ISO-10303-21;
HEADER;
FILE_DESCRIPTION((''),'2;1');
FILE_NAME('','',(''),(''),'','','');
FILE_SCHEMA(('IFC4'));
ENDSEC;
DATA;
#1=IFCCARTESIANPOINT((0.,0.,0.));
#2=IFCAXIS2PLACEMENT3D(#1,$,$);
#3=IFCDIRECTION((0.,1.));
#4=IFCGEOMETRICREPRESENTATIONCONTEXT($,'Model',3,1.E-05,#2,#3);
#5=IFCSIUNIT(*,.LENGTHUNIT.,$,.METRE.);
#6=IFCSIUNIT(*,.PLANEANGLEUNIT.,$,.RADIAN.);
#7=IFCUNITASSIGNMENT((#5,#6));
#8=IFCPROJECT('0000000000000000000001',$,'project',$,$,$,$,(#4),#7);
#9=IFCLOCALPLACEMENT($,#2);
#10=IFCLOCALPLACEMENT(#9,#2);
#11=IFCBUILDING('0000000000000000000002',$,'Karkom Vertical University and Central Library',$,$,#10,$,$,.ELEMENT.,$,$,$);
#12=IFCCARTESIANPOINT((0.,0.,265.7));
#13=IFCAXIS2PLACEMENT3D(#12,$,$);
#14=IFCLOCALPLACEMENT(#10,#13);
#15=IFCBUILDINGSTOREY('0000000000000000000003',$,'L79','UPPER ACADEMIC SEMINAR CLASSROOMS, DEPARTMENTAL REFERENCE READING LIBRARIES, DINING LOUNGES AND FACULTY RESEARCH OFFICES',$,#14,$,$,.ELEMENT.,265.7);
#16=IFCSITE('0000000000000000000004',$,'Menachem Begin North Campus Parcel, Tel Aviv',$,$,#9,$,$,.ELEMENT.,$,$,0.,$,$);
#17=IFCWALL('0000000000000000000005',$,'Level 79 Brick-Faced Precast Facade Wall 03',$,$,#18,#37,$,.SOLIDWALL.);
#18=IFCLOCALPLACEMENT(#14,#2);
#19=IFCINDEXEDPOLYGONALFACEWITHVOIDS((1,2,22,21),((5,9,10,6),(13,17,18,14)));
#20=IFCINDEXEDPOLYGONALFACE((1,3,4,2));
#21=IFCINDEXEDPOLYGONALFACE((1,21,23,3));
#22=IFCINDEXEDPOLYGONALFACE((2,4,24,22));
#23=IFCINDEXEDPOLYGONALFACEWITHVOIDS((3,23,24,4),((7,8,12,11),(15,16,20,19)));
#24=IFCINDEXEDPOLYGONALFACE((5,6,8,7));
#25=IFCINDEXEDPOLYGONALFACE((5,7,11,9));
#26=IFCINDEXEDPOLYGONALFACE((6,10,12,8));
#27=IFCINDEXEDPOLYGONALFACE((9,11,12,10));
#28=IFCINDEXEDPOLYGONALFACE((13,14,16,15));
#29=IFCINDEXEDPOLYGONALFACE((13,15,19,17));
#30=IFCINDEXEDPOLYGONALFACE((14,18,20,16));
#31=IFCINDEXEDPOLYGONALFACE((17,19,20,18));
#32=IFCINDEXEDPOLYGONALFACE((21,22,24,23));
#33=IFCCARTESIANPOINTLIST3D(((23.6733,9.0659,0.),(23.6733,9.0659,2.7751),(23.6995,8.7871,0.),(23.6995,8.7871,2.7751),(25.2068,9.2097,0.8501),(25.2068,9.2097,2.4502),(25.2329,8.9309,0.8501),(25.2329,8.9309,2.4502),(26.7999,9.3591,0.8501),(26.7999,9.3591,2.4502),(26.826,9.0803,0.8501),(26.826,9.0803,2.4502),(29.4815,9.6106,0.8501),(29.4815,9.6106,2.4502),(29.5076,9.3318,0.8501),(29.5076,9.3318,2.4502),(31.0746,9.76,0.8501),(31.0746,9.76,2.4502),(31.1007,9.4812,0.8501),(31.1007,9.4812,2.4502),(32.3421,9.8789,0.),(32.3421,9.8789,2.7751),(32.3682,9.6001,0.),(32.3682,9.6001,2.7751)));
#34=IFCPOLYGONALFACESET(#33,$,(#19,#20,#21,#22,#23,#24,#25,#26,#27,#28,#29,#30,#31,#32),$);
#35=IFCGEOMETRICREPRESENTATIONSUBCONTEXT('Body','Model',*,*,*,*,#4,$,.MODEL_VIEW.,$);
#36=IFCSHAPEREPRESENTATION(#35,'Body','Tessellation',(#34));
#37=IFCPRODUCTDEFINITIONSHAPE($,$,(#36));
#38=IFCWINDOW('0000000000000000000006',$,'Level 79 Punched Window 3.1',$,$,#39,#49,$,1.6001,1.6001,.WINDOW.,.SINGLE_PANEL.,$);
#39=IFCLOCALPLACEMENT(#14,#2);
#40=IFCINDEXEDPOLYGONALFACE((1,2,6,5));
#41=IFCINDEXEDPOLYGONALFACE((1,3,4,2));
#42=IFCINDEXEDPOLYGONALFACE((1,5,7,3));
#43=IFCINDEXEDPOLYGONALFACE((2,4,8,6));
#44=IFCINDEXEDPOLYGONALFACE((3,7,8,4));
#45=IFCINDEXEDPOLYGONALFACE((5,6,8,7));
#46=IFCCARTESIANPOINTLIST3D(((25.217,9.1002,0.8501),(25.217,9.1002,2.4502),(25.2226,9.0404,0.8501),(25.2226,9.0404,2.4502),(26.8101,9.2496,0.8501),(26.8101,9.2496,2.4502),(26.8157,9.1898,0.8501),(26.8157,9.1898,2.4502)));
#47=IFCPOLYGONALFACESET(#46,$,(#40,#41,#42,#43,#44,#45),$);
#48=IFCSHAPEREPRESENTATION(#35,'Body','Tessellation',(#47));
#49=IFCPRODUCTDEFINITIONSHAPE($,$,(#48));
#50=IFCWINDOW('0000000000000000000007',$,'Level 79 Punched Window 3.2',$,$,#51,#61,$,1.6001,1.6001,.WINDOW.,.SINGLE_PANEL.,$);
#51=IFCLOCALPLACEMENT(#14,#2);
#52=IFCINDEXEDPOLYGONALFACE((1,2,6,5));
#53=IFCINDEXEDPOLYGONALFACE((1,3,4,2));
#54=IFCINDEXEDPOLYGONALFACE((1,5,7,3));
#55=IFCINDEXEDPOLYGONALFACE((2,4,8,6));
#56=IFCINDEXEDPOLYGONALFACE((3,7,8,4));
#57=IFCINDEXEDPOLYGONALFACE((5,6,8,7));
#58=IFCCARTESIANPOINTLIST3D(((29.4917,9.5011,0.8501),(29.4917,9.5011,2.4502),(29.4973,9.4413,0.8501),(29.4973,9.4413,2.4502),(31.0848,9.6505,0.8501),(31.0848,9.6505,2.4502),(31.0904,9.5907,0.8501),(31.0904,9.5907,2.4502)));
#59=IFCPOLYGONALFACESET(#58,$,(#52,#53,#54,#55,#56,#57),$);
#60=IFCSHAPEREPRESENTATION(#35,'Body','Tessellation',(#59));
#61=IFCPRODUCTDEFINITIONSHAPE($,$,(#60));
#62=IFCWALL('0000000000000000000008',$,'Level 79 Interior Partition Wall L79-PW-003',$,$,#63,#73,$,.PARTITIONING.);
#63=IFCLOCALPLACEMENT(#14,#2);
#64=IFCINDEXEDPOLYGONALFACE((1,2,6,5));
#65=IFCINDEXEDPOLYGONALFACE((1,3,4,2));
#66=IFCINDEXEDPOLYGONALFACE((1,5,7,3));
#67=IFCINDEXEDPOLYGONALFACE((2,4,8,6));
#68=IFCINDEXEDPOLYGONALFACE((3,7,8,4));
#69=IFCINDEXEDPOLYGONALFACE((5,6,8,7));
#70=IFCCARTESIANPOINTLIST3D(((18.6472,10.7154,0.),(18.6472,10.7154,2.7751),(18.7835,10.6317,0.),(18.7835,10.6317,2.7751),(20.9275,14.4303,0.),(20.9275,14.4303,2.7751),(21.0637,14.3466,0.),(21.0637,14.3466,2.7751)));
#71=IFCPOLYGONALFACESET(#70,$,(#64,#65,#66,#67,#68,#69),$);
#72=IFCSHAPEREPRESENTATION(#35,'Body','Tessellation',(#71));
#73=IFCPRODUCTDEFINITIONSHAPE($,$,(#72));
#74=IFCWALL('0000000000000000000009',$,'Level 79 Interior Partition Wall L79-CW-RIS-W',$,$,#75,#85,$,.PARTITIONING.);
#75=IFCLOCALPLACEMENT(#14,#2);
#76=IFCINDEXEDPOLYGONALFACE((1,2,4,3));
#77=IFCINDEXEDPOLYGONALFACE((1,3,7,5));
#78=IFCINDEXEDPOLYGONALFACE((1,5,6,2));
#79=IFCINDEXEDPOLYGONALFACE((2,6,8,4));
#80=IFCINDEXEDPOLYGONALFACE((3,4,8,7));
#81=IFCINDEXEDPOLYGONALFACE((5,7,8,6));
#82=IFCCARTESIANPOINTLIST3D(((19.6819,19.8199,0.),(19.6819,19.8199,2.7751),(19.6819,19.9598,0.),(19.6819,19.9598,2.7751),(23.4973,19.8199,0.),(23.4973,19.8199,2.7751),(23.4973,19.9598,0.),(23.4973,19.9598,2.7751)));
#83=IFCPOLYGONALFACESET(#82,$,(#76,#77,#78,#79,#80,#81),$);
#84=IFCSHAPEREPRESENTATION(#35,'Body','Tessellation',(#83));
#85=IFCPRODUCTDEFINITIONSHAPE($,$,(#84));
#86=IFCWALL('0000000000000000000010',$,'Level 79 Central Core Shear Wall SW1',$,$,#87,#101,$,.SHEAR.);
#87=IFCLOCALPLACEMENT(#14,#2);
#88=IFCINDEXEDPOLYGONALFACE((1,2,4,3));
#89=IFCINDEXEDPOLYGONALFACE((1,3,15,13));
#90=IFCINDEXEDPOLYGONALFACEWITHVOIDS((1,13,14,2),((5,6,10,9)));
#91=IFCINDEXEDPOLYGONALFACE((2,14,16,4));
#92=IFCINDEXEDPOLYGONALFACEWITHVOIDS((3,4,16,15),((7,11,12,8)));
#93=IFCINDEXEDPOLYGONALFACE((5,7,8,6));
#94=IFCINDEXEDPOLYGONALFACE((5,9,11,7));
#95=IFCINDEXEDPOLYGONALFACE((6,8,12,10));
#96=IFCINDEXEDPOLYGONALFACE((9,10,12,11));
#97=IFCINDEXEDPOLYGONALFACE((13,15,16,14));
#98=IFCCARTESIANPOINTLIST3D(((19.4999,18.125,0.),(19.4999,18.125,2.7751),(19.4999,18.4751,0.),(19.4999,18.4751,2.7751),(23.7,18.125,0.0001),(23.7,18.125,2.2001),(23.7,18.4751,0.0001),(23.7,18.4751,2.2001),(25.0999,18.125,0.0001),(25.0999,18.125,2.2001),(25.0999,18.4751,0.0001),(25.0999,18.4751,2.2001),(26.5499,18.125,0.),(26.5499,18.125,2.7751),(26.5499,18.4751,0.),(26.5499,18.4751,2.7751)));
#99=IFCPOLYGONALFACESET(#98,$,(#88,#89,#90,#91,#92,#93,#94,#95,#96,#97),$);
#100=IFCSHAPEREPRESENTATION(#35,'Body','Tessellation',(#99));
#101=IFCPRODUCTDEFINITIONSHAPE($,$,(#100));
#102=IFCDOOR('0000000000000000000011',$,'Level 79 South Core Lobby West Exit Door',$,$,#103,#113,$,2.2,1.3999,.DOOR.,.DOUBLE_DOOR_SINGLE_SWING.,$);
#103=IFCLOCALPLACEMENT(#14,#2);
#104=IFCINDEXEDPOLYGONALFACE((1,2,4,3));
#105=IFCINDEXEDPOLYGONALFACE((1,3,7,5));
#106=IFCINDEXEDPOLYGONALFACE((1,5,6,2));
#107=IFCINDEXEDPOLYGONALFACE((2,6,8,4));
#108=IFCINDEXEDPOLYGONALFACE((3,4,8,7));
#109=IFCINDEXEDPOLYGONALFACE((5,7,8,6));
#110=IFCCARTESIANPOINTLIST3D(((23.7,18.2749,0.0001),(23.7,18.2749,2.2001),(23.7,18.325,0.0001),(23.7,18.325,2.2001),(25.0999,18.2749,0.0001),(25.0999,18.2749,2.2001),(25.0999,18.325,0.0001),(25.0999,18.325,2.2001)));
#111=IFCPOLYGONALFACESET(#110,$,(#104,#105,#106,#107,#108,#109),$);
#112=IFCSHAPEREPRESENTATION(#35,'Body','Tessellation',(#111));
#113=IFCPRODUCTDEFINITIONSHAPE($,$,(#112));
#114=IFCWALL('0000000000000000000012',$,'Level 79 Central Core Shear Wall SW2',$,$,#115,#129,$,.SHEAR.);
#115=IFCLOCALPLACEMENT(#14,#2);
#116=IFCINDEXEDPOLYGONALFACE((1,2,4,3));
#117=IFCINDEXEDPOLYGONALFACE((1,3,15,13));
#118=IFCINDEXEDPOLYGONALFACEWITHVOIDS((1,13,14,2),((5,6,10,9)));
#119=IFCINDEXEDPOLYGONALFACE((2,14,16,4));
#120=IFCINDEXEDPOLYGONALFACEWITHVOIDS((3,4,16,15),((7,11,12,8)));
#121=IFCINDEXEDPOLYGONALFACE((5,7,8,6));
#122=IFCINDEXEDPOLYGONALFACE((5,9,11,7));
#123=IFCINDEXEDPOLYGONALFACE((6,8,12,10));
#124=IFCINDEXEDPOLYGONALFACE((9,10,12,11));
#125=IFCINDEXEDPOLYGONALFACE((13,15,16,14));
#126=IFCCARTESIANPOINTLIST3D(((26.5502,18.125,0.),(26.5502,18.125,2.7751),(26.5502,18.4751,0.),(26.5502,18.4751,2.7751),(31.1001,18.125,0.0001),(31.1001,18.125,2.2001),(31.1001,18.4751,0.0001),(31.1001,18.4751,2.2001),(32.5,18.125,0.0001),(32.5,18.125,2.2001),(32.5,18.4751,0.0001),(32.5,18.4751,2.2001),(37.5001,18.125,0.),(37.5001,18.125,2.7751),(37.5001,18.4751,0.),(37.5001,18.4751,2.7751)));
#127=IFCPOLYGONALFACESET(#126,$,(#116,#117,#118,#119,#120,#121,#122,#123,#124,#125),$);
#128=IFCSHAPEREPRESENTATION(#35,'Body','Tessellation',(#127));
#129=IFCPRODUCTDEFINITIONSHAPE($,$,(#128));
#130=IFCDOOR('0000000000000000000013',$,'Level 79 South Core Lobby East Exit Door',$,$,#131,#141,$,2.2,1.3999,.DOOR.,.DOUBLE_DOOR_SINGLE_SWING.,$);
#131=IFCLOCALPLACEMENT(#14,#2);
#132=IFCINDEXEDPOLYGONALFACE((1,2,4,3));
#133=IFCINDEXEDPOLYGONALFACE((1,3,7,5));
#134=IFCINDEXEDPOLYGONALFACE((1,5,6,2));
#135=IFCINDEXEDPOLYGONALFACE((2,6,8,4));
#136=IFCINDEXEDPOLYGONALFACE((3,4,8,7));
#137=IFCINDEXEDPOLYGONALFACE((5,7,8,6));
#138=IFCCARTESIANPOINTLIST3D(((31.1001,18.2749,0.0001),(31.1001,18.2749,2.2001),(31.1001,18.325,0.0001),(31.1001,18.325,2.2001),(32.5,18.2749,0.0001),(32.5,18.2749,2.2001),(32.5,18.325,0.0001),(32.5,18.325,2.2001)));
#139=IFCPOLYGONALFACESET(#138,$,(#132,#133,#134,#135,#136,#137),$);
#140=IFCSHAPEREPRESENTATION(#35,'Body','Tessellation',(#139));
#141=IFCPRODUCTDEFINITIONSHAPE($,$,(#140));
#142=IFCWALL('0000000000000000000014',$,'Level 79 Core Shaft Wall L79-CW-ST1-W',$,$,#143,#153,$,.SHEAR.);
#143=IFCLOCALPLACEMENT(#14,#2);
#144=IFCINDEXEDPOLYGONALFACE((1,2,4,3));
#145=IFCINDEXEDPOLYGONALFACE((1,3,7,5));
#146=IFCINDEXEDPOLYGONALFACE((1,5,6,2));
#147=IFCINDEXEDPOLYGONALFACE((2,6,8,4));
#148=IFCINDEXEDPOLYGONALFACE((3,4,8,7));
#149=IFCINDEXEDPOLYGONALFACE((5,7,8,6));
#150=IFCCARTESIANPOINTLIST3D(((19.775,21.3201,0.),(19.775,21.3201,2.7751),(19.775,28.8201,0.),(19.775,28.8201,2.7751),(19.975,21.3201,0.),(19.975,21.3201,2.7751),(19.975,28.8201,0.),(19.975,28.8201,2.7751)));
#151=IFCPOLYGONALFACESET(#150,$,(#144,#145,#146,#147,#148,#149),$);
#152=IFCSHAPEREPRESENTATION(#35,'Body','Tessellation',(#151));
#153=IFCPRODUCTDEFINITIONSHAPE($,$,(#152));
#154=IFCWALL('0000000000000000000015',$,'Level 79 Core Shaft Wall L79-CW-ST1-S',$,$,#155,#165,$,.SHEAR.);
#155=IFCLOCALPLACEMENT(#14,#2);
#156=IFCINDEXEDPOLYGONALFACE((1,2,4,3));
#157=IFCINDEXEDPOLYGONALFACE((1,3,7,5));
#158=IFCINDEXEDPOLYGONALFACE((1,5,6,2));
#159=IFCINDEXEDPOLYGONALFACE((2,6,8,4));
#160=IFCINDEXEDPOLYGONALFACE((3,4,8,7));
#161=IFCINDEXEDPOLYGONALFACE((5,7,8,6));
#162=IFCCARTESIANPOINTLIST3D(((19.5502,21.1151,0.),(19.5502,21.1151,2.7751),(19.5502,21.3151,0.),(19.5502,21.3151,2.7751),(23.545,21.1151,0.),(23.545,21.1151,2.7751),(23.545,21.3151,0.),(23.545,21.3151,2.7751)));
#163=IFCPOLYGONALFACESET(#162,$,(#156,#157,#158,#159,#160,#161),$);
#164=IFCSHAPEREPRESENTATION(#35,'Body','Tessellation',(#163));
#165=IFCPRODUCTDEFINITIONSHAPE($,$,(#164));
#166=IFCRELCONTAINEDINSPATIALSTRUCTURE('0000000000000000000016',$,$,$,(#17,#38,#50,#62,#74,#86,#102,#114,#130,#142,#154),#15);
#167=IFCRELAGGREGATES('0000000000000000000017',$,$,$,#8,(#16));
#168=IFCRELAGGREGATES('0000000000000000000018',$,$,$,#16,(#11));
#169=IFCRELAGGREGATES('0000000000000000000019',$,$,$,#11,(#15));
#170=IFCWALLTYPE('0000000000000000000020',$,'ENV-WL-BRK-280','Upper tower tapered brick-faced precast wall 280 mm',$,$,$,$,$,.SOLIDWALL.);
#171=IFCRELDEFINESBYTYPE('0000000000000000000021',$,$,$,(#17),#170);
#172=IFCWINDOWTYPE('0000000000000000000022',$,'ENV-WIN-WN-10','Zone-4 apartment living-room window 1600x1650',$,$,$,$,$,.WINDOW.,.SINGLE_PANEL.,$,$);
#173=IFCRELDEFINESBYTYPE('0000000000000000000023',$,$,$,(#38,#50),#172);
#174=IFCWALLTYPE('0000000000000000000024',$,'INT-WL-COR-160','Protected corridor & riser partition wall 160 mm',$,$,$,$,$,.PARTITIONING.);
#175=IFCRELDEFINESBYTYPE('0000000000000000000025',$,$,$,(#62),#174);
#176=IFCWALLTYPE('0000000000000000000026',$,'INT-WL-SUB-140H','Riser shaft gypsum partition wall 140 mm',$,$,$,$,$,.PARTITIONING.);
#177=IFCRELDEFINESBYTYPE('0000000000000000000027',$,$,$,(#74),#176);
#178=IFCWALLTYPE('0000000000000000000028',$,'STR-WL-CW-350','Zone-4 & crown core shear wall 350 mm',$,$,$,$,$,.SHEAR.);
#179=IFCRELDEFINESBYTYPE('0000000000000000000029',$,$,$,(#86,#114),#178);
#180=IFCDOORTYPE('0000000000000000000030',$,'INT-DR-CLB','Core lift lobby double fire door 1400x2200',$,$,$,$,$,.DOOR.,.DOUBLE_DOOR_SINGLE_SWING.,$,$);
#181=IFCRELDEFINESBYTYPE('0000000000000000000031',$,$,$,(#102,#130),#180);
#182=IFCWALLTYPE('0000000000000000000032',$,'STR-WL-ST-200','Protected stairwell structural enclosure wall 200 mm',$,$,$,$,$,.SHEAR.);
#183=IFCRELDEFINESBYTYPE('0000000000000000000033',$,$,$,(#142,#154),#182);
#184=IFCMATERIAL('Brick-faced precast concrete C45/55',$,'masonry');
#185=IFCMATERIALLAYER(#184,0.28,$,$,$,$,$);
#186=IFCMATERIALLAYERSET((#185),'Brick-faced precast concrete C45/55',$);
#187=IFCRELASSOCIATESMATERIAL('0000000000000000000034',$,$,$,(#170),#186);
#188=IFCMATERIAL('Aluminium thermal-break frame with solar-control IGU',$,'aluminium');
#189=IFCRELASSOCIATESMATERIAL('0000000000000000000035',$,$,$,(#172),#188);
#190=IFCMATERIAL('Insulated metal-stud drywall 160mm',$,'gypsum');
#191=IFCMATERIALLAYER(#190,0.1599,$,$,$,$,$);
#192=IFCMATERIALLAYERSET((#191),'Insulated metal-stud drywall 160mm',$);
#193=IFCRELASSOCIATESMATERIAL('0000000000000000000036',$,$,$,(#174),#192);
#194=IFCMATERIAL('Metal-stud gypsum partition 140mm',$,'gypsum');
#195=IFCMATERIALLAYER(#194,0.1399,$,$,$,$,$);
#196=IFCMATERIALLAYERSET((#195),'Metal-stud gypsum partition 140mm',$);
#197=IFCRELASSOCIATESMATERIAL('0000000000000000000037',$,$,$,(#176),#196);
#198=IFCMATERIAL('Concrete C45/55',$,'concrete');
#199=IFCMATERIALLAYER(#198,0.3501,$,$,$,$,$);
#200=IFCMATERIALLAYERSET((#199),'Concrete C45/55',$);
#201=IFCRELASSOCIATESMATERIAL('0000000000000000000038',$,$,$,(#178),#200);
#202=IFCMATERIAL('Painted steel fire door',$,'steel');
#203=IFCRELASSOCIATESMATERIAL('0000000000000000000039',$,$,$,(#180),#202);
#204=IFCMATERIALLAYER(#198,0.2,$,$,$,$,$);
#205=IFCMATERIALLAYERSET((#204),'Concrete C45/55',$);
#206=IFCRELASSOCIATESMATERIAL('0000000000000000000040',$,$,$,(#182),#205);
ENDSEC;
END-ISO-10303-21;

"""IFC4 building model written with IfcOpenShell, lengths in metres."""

from ifc_helpers import new_model, si_unit, direction, frame, frame_2d, origin, origin_with_axes, place, context, subcontext, project, spatial, rectangle, extrude, source, transform, mapped, material, layer, layer_set, type_object, element, fill, save


model = new_model("IFC4")

# Units and contexts
model_context = context("Model", 3, precision=1e-05, world=origin(), true_north=direction((0.0, 1.0)))
body_context = subcontext(model_context, "Body", "Model", "MODEL_VIEW")
ifc_project = project(units=[si_unit("LENGTHUNIT", "METRE"), si_unit("PLANEANGLEUNIT", "RADIAN")], contexts=[model_context])

# Site, building, storey
site_placement = place(None, origin())
site = spatial("IfcSite", under=ifc_project, at=site_placement, Name="Menachem Begin North Campus Parcel, Tel Aviv", CompositionType="ELEMENT", RefElevation=0.0)
building_placement = place(site_placement, origin())
building = spatial("IfcBuilding", under=site, at=building_placement, Name="Karkom Vertical University and Central Library", CompositionType="ELEMENT")
storey_placement = place(building_placement, frame((0.0, 0.0, 265.7)))
storey = spatial("IfcBuildingStorey", under=building, at=storey_placement, Name="L79", Description="UPPER ACADEMIC SEMINAR CLASSROOMS, DEPARTMENTAL REFERENCE READING LIBRARIES, DINING LOUNGES AND FACULTY RESEARCH OFFICES", CompositionType="ELEMENT", Elevation=265.7)

# Shared definitions
ifc_material_1 = material(Name="Concrete C45/55", Category="concrete")

# Wall, openings, windows
ifc_material_2 = material(Name="Brick-faced precast concrete C45/55", Category="masonry")
ifc_layer_1 = layer(ifc_material_2, 0.28)
ifc_layer_set_1 = layer_set([ifc_layer_1], Name="Brick-faced precast concrete C45/55")
wall_type_1 = type_object("IfcWallType", Name="ENV-WL-BRK-280", Description="Upper tower tapered brick-faced precast wall 280 mm", PredefinedType="SOLIDWALL", material=ifc_layer_set_1)
wall_1_placement = place(storey_placement, frame((23.6863, 8.9265, 0.0), z_axis=(0.0, 0.0, 1.0), x_axis=(0.995631, 0.093375, 0.0)))
wall_1 = element("IfcWall", 1, at=wall_1_placement, inside=storey, type_object=wall_type_1, Name="Level 79 Brick-Faced Precast Facade Wall 03", PredefinedType="SOLIDWALL", context=body_context, shape_type="SweptSolid", body=[
    extrude(rectangle(XDim=8.7068, YDim=0.28, at=frame_2d((4.3535, 0.0))), origin(), (0.0, 0.0, 1.0), 2.7751),
])
opening_1_placement = place(wall_1_placement, frame((1.5403, 0.0, 0.8501)))
opening_1 = element("IfcOpeningElement", 2, at=opening_1_placement, cuts=wall_1, PredefinedType="OPENING", context=body_context, shape_type="SweptSolid", body=[
    extrude(rectangle(XDim=1.6001, YDim=1.6001, at=frame_2d((0.8, 0.8))), frame((0.0, 0.1499, 0.0), z_axis=(0.0, -1.0, 0.0), x_axis=(1.0, 0.0, 0.0)), (0.0, 0.0, 1.0), 0.3),
])
opening_2_placement = place(wall_1_placement, frame((5.8337, 0.0, 0.8501)))
opening_2 = element("IfcOpeningElement", 3, at=opening_2_placement, cuts=wall_1, PredefinedType="OPENING", context=body_context, shape_type="SweptSolid", body=[
    extrude(rectangle(XDim=1.6001, YDim=1.6001, at=frame_2d((0.8, 0.8))), frame((0.0, 0.1499, 0.0), z_axis=(0.0, -1.0, 0.0), x_axis=(1.0, 0.0, 0.0)), (0.0, 0.0, 1.0), 0.3),
])
ifc_material_3 = material(Name="Aluminium thermal-break frame with solar-control IGU", Category="aluminium")
window_type = type_object("IfcWindowType", Name="ENV-WIN-WN-10", Description="Zone-4 apartment living-room window 1600x1650", PartitioningType="SINGLE_PANEL", PredefinedType="WINDOW", material=ifc_material_3)
shared_shape_1 = source(origin_with_axes(), body_context, "Body", "SweptSolid", [
    extrude(rectangle(XDim=1.6001, YDim=1.6001, at=frame_2d((0.8, 0.8))), frame((0.0, 0.03, 0.0), z_axis=(0.0, -1.0, 0.0), x_axis=(1.0, 0.0, 0.0)), (0.0, 0.0, 1.0), 0.0601),
])
window_1_placement = place(opening_1_placement, origin())
window_1 = element("IfcWindow", 4, at=window_1_placement, inside=storey, type_object=window_type, Name="Level 79 Punched Window 3.1", OverallHeight=1.6001, OverallWidth=1.6001, PartitioningType="SINGLE_PANEL", PredefinedType="WINDOW", context=body_context, shape_type="MappedRepresentation", body=[
    mapped(shared_shape_1, transform((0.0, 0.0, 0.0), scale=1.0)),
])
fill(opening_1, window_1)
window_2_placement = place(opening_2_placement, origin())
window_2 = element("IfcWindow", 5, at=window_2_placement, inside=storey, type_object=window_type, Name="Level 79 Punched Window 3.2", OverallHeight=1.6001, OverallWidth=1.6001, PartitioningType="SINGLE_PANEL", PredefinedType="WINDOW", context=body_context, shape_type="MappedRepresentation", body=[
    mapped(shared_shape_1, transform((0.0, 0.0, 0.0), scale=1.0)),
])
fill(opening_2, window_2)

# Walls
ifc_material_4 = material(Name="Insulated metal-stud drywall 160mm", Category="gypsum")
ifc_layer_2 = layer(ifc_material_4, 0.1599)
ifc_layer_set_2 = layer_set([ifc_layer_2], Name="Insulated metal-stud drywall 160mm")
wall_type_2 = type_object("IfcWallType", Name="INT-WL-COR-160", Description="Protected corridor & riser partition wall 160 mm", PredefinedType="PARTITIONING", material=ifc_layer_set_2)
wall_2_placement = place(storey_placement, frame((20.9956, 14.3884, 0.0), z_axis=(0.0, 0.0, 1.0), x_axis=(-0.523135, -0.85225, 0.0)))
element("IfcWall", 6, at=wall_2_placement, inside=storey, type_object=wall_type_2, Name="Level 79 Interior Partition Wall L79-PW-003", PredefinedType="PARTITIONING", context=body_context, shape_type="SweptSolid", body=[
    extrude(rectangle(XDim=4.3589, YDim=0.1599, at=frame_2d((2.1794, 0.0))), origin(), (0.0, 0.0, 1.0), 2.7751),
])
ifc_material_5 = material(Name="Metal-stud gypsum partition 140mm", Category="gypsum")
ifc_layer_3 = layer(ifc_material_5, 0.1399)
ifc_layer_set_3 = layer_set([ifc_layer_3], Name="Metal-stud gypsum partition 140mm")
wall_type_3 = type_object("IfcWallType", Name="INT-WL-SUB-140H", Description="Riser shaft gypsum partition wall 140 mm", PredefinedType="PARTITIONING", material=ifc_layer_set_3)
wall_3_placement = place(storey_placement, frame((19.6819, 19.8899, 0.0), z_axis=(0.0, 0.0, 1.0), x_axis=(1.0, 0.0, 0.0)))
element("IfcWall", 7, at=wall_3_placement, inside=storey, type_object=wall_type_3, Name="Level 79 Interior Partition Wall L79-CW-RIS-W", PredefinedType="PARTITIONING", context=body_context, shape_type="SweptSolid", body=[
    extrude(rectangle(XDim=3.8154, YDim=0.1399, at=frame_2d((1.9077, 0.0))), origin(), (0.0, 0.0, 1.0), 2.7751),
])

# Walls, openings, doors
ifc_layer_4 = layer(ifc_material_1, 0.3501)
ifc_layer_set_4 = layer_set([ifc_layer_4], Name="Concrete C45/55")
wall_type_4 = type_object("IfcWallType", Name="STR-WL-CW-350", Description="Zone-4 & crown core shear wall 350 mm", PredefinedType="SHEAR", material=ifc_layer_set_4)
wall_4_placement = place(storey_placement, frame((19.5, 18.3, 0.0), z_axis=(0.0, 0.0, 1.0), x_axis=(1.0, 0.0, 0.0)))
wall_4 = element("IfcWall", 8, at=wall_4_placement, inside=storey, type_object=wall_type_4, Name="Level 79 Central Core Shear Wall SW1", PredefinedType="SHEAR", context=body_context, shape_type="SweptSolid", body=[
    extrude(rectangle(XDim=7.05, YDim=0.3501, at=frame_2d((3.5249, 0.0))), origin(), (0.0, 0.0, 1.0), 2.7751),
])
opening_3_placement = place(wall_4_placement, frame((4.2, 0.0, 0.0)))
opening_3 = element("IfcOpeningElement", 9, at=opening_3_placement, cuts=wall_4, PredefinedType="OPENING", context=body_context, shape_type="SweptSolid", body=[
    extrude(rectangle(XDim=1.3999, YDim=2.2, at=frame_2d((0.7, 1.1001))), frame((0.0, 0.1851, 0.0), z_axis=(0.0, -1.0, 0.0), x_axis=(1.0, 0.0, 0.0)), (0.0, 0.0, 1.0), 0.3701),
])
ifc_material_6 = material(Name="Painted steel fire door", Category="steel")
door_type_1 = type_object("IfcDoorType", Name="INT-DR-CLB", Description="Core lift lobby double fire door 1400x2200", OperationType="DOUBLE_DOOR_SINGLE_SWING", PredefinedType="DOOR", material=ifc_material_6)
shared_shape_2 = source(origin_with_axes(), body_context, "Body", "SweptSolid", [
    extrude(rectangle(XDim=1.3999, YDim=2.2, at=frame_2d((0.7, 1.1001))), frame((0.0, 0.0249, 0.0), z_axis=(0.0, -1.0, 0.0), x_axis=(1.0, 0.0, 0.0)), (0.0, 0.0, 1.0), 0.05),
])
door_1_placement = place(opening_3_placement, origin())
door_1 = element("IfcDoor", 10, at=door_1_placement, inside=storey, type_object=door_type_1, Name="Level 79 South Core Lobby West Exit Door", OperationType="DOUBLE_DOOR_SINGLE_SWING", OverallHeight=2.2, OverallWidth=1.3999, PredefinedType="DOOR", context=body_context, shape_type="MappedRepresentation", body=[
    mapped(shared_shape_2, transform((0.0, 0.0, 0.0), scale=1.0)),
])
fill(opening_3, door_1)
wall_5_placement = place(storey_placement, frame((26.55, 18.3, 0.0), z_axis=(0.0, 0.0, 1.0), x_axis=(1.0, 0.0, 0.0)))
wall_5 = element("IfcWall", 11, at=wall_5_placement, inside=storey, type_object=wall_type_4, Name="Level 79 Central Core Shear Wall SW2", PredefinedType="SHEAR", context=body_context, shape_type="SweptSolid", body=[
    extrude(rectangle(XDim=10.95, YDim=0.3501, at=frame_2d((5.4751, 0.0))), origin(), (0.0, 0.0, 1.0), 2.7751),
])
opening_4_placement = place(wall_5_placement, frame((4.55, 0.0, 0.0)))
opening_4 = element("IfcOpeningElement", 12, at=opening_4_placement, cuts=wall_5, PredefinedType="OPENING", context=body_context, shape_type="SweptSolid", body=[
    extrude(rectangle(XDim=1.3999, YDim=2.2, at=frame_2d((0.7, 1.1001))), frame((0.0, 0.1851, 0.0), z_axis=(0.0, -1.0, 0.0), x_axis=(1.0, 0.0, 0.0)), (0.0, 0.0, 1.0), 0.3701),
])
door_2_placement = place(opening_4_placement, origin())
door_2 = element("IfcDoor", 13, at=door_2_placement, inside=storey, type_object=door_type_1, Name="Level 79 South Core Lobby East Exit Door", OperationType="DOUBLE_DOOR_SINGLE_SWING", OverallHeight=2.2, OverallWidth=1.3999, PredefinedType="DOOR", context=body_context, shape_type="MappedRepresentation", body=[
    mapped(shared_shape_2, transform((0.0, 0.0, 0.0), scale=1.0)),
])
fill(opening_4, door_2)

# Shared definitions
ifc_layer_5 = layer(ifc_material_1, 0.2)
ifc_layer_set_5 = layer_set([ifc_layer_5], Name="Concrete C45/55")
wall_type_5 = type_object("IfcWallType", Name="STR-WL-ST-200", Description="Protected stairwell structural enclosure wall 200 mm", PredefinedType="SHEAR", material=ifc_layer_set_5)

# Walls
wall_6_placement = place(storey_placement, frame((19.875, 21.3201, 0.0), z_axis=(0.0, 0.0, 1.0), x_axis=(0.0, 1.0, 0.0)))
element("IfcWall", 14, at=wall_6_placement, inside=storey, type_object=wall_type_5, Name="Level 79 Core Shaft Wall L79-CW-ST1-W", PredefinedType="SHEAR", context=body_context, shape_type="SweptSolid", body=[
    extrude(rectangle(XDim=7.5, YDim=0.2, at=frame_2d((3.75, 0.0))), origin(), (0.0, 0.0, 1.0), 2.7751),
])
wall_7_placement = place(storey_placement, frame((19.55, 21.2151, 0.0), z_axis=(0.0, 0.0, 1.0), x_axis=(1.0, 0.0, 0.0)))
element("IfcWall", 15, at=wall_7_placement, inside=storey, type_object=wall_type_5, Name="Level 79 Core Shaft Wall L79-CW-ST1-S", PredefinedType="SHEAR", context=body_context, shape_type="SweptSolid", body=[
    extrude(rectangle(XDim=3.9949, YDim=0.2, at=frame_2d((1.9976, 0.0))), origin(), (0.0, 0.0, 1.0), 2.7751),
])

save(model, "model.ifc")
